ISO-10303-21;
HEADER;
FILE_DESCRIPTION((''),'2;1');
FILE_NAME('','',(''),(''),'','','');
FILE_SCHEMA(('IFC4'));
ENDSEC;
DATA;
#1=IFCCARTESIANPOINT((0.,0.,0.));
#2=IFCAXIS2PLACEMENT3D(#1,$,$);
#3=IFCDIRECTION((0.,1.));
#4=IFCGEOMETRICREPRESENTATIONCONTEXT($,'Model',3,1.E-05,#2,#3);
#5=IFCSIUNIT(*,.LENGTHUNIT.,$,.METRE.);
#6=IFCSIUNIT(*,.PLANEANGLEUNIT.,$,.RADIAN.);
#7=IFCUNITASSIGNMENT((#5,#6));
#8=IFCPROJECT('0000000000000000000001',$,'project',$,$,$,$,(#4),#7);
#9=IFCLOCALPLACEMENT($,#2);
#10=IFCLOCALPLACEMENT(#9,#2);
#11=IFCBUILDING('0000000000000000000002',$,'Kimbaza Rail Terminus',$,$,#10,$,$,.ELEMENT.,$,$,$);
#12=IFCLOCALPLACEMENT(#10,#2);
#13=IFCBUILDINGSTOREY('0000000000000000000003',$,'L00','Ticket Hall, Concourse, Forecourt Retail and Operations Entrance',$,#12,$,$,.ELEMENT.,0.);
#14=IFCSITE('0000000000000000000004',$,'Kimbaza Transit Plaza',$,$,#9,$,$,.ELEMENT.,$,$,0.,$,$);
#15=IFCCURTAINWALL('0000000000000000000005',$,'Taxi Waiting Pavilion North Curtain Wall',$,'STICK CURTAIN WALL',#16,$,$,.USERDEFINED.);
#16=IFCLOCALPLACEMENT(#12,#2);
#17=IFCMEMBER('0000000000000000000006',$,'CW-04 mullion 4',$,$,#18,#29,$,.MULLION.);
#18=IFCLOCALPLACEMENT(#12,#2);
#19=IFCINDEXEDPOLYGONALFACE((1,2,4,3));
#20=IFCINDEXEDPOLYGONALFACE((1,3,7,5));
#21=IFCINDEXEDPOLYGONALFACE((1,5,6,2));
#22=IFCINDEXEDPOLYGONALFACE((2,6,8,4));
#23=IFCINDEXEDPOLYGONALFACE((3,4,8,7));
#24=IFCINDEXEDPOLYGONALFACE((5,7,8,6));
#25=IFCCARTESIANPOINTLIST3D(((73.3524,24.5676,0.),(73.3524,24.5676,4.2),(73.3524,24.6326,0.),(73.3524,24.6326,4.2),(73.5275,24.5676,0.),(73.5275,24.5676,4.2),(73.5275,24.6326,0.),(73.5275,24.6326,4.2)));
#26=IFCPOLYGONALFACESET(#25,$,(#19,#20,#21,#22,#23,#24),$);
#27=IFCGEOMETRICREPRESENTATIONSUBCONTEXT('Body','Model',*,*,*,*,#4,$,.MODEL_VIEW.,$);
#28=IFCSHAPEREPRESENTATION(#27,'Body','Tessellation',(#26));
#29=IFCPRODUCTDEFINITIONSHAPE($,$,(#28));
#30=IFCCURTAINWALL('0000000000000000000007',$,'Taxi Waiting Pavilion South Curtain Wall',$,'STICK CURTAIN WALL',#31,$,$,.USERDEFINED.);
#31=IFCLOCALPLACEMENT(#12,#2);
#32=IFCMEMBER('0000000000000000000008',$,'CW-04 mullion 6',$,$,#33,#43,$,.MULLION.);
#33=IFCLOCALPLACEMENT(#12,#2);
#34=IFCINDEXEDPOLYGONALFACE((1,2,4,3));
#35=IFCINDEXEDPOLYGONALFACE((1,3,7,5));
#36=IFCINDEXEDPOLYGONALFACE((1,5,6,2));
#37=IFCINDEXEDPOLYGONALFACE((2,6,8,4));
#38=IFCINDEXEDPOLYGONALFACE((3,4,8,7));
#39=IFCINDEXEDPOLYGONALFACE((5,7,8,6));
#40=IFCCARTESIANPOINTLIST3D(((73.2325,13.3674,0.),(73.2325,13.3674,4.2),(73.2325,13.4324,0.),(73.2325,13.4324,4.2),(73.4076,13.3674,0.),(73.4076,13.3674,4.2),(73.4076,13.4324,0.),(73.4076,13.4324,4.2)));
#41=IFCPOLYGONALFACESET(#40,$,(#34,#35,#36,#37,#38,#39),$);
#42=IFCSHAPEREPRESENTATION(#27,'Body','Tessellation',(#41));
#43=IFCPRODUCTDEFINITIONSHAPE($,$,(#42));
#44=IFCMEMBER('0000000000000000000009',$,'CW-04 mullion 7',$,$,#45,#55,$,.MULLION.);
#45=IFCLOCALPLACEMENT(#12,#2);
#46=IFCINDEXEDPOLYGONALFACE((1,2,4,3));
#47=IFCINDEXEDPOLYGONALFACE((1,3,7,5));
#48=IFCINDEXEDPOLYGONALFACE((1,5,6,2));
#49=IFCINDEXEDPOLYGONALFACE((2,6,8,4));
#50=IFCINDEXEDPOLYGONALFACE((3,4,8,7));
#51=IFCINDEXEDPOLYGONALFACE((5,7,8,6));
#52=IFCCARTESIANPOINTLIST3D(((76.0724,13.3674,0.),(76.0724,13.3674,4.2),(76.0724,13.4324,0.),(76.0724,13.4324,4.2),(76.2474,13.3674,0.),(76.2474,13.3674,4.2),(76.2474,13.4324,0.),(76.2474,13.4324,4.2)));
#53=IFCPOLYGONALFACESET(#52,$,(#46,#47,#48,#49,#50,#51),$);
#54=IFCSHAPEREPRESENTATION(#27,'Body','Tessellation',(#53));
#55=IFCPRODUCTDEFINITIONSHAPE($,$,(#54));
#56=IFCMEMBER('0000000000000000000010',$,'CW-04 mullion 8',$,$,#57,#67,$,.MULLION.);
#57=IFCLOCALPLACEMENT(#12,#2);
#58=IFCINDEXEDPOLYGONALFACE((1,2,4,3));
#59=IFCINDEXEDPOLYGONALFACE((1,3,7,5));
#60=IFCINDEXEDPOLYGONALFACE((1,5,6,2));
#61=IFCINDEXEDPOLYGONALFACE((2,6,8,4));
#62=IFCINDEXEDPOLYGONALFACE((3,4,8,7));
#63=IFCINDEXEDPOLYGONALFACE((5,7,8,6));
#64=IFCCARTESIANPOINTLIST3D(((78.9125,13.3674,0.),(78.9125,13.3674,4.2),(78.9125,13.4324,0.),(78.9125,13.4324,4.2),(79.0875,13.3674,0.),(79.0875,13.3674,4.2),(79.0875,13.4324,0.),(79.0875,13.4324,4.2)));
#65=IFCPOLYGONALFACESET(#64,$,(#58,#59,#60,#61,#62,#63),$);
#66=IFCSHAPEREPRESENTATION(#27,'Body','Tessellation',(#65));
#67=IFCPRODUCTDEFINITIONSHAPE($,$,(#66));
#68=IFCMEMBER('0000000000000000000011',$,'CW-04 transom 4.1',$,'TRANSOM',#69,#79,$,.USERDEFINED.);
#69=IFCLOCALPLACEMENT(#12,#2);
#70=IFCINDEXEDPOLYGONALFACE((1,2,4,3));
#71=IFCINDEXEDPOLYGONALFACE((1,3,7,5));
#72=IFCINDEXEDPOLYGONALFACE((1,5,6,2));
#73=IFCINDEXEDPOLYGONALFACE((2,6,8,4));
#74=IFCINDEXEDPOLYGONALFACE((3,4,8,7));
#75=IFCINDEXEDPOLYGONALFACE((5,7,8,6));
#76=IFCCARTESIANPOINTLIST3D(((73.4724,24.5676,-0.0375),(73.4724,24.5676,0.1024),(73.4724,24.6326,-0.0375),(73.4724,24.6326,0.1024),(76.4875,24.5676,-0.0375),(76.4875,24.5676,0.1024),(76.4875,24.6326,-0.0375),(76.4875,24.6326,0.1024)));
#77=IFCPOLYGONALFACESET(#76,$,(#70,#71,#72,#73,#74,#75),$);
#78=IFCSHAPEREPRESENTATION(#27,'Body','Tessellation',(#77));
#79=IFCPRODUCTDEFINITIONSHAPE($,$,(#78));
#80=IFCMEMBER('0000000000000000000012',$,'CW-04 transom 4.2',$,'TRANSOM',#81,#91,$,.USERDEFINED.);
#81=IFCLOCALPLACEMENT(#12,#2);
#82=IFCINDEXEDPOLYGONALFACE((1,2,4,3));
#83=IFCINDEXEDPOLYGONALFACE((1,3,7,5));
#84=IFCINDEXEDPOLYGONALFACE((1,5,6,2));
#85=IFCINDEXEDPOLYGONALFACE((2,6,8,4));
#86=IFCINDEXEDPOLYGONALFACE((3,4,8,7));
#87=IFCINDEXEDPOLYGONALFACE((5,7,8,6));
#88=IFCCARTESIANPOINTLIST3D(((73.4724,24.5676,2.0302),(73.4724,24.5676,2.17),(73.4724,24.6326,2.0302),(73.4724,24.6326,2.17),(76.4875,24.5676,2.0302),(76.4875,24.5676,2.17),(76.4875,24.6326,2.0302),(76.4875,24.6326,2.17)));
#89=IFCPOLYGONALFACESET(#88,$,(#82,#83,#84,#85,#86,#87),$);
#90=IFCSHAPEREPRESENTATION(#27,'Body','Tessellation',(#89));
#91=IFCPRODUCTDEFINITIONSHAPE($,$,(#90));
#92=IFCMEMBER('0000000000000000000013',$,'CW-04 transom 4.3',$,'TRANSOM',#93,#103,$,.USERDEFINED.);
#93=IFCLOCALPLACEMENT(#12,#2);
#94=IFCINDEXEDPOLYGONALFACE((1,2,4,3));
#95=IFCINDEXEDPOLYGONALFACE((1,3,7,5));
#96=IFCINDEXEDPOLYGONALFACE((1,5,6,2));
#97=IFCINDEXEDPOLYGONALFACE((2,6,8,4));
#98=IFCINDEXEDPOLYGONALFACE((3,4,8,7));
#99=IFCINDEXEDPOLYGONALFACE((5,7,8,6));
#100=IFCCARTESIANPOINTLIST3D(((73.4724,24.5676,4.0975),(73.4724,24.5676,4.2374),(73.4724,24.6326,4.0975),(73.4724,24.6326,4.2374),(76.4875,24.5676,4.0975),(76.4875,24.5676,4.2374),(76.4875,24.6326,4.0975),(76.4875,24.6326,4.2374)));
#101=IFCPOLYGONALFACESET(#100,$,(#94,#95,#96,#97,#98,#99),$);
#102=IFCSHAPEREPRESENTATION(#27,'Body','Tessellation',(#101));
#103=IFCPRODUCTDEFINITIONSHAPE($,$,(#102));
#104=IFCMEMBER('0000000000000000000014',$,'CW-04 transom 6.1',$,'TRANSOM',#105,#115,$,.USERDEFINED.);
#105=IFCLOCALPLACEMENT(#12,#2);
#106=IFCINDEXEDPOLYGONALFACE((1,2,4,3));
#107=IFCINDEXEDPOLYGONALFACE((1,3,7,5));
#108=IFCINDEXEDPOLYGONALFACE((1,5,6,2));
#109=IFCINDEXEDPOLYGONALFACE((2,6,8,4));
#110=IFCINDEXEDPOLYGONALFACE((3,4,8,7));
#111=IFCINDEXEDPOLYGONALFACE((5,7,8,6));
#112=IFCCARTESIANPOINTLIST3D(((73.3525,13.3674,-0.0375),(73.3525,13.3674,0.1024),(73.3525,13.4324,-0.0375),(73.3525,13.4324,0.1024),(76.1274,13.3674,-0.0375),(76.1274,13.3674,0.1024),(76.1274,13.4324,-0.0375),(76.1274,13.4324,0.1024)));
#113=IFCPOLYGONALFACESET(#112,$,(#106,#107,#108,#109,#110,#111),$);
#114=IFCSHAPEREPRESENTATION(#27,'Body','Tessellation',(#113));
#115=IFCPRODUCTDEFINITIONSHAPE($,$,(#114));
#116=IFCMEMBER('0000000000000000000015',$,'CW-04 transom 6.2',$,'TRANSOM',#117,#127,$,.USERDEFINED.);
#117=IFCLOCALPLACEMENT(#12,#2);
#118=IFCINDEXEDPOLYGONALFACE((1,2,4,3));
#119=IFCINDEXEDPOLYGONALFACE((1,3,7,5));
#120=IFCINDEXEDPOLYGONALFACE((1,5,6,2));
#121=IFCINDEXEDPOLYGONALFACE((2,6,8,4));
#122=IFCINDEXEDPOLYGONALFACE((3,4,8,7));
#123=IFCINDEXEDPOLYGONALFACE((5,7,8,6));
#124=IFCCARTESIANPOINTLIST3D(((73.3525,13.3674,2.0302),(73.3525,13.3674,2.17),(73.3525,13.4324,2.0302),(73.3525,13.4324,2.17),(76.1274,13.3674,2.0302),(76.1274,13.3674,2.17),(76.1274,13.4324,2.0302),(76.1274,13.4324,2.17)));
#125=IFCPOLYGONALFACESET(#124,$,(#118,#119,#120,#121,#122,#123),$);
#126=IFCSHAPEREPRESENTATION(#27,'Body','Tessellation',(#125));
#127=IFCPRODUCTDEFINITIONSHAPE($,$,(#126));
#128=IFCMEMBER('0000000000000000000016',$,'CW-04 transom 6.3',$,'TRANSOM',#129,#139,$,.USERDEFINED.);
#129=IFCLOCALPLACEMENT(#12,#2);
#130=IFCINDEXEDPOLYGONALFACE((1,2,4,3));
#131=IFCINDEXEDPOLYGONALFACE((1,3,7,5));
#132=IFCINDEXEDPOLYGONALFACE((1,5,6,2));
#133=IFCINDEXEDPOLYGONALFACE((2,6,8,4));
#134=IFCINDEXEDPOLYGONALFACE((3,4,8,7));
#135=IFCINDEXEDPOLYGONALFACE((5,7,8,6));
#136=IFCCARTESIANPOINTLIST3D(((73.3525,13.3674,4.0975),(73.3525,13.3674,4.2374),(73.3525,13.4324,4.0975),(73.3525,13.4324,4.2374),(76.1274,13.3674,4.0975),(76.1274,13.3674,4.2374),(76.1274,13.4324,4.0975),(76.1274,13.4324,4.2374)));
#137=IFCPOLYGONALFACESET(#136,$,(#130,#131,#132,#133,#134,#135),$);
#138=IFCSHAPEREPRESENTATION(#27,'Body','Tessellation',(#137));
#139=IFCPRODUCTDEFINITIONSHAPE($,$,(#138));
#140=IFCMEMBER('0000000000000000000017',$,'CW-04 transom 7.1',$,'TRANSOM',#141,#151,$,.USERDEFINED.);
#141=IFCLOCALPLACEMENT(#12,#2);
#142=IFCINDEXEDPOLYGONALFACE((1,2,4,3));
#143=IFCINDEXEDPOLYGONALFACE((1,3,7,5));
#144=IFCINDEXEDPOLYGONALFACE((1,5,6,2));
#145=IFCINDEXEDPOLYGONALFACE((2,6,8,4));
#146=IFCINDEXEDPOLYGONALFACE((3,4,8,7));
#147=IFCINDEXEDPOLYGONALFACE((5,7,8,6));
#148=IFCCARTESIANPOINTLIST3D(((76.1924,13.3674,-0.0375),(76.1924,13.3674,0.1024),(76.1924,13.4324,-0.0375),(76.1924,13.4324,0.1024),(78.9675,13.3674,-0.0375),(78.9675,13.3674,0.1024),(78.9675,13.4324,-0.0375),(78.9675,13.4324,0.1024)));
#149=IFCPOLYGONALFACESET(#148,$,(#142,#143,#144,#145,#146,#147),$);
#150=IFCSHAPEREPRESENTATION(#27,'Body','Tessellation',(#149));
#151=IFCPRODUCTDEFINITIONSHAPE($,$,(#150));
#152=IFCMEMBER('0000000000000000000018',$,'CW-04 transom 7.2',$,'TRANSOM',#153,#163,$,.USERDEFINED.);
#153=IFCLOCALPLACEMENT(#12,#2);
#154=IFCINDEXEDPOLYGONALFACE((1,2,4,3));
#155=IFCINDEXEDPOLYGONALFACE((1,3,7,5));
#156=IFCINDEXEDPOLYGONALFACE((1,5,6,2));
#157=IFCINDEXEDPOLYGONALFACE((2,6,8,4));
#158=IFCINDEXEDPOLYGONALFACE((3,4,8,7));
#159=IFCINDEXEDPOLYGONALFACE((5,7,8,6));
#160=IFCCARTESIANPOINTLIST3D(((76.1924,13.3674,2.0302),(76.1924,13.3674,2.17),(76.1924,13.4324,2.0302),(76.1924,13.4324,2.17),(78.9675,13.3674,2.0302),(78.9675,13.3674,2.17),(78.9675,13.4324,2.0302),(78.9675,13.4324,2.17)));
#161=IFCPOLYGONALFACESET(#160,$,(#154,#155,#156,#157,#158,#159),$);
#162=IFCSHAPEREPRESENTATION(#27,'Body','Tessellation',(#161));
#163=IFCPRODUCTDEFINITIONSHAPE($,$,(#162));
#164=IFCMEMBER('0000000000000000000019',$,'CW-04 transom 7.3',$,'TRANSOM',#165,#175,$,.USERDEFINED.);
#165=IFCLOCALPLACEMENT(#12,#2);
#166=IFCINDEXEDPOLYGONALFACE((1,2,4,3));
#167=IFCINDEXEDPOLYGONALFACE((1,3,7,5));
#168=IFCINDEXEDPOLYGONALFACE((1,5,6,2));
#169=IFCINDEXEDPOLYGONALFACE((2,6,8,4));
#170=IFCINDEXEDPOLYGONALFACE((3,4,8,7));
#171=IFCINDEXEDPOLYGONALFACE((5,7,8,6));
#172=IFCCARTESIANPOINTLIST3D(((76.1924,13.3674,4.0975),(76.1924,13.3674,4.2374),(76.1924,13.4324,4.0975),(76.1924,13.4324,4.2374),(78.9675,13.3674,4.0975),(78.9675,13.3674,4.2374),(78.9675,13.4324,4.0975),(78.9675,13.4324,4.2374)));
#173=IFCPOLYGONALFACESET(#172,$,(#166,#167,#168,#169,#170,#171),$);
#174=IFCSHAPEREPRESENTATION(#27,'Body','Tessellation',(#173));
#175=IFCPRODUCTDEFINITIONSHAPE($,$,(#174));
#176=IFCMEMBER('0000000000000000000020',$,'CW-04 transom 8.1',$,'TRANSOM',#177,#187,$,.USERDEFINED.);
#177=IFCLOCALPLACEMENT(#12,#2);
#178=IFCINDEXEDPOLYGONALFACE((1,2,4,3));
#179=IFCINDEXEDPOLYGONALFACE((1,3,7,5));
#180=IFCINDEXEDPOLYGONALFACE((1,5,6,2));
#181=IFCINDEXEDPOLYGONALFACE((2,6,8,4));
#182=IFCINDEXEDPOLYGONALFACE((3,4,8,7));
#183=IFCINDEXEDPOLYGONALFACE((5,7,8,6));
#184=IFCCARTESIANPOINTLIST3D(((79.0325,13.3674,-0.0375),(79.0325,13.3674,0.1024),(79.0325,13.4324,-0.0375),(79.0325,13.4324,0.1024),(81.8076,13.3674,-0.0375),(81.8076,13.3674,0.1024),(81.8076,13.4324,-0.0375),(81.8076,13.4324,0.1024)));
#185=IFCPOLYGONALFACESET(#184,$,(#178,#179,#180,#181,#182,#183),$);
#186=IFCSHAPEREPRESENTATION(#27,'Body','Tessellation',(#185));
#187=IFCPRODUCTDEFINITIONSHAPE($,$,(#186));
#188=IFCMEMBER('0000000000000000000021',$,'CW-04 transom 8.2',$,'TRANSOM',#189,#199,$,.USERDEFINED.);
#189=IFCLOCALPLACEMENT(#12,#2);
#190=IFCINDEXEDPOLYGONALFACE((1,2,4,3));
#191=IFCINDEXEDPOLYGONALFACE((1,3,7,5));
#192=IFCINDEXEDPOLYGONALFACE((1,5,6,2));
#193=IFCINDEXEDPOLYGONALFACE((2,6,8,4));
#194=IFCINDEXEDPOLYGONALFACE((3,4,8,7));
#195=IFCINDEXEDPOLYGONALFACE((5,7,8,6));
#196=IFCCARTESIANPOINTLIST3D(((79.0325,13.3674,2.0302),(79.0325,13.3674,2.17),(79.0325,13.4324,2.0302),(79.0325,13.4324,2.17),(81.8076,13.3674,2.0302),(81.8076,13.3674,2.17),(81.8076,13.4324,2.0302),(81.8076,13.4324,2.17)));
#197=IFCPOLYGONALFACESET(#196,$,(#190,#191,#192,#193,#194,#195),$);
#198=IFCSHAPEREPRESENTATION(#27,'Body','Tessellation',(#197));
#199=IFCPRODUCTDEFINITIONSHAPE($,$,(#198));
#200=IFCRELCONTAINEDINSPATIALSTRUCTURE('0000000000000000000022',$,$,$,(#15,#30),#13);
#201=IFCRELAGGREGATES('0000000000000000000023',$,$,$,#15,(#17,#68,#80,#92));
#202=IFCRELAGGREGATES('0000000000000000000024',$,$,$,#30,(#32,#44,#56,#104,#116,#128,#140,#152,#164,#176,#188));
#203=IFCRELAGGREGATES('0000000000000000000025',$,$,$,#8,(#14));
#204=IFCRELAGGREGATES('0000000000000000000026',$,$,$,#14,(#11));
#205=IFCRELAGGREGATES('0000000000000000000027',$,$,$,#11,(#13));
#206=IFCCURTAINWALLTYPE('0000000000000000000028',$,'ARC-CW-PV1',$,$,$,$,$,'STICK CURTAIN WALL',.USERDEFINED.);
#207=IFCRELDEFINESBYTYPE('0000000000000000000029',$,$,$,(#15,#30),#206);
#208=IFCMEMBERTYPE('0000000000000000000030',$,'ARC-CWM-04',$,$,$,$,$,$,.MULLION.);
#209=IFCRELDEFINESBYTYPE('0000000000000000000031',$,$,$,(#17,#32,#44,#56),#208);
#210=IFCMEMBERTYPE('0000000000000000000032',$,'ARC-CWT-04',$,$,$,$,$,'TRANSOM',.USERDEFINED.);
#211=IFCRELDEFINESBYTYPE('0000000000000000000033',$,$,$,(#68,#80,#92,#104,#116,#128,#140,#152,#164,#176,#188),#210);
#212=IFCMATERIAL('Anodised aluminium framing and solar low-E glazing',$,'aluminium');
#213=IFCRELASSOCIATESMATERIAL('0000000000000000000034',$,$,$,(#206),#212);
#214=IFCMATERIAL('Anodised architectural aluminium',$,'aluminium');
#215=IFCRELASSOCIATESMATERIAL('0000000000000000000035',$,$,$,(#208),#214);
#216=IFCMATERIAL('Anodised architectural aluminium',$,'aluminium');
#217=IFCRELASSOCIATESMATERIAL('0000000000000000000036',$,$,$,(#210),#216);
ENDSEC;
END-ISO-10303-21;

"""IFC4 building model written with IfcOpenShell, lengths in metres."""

from ifc_helpers import new_model, si_unit, direction, frame, origin, origin_2d, place, context, subcontext, project, spatial, rectangle, extrude, material, material_profile, profile_set, type_object, element, aggregate, save


model = new_model("IFC4")

# Units and contexts
model_context = context("Model", 3, precision=1e-05, world=origin(), true_north=direction((0.0, 1.0)))
body_context = subcontext(model_context, "Body", "Model", "MODEL_VIEW")
ifc_project = project(units=[si_unit("LENGTHUNIT", "METRE"), si_unit("PLANEANGLEUNIT", "RADIAN")], contexts=[model_context])

# Site, building, storey
site_placement = place(None, origin())
site = spatial("IfcSite", under=ifc_project, at=site_placement, Name="Kimbaza Transit Plaza", CompositionType="ELEMENT", RefElevation=0.0)
building_placement = place(site_placement, origin())
building = spatial("IfcBuilding", under=site, at=building_placement, Name="Kimbaza Rail Terminus", CompositionType="ELEMENT")
storey_placement = place(building_placement, origin())
storey = spatial("IfcBuildingStorey", under=building, at=storey_placement, Name="L00", Description="Ticket Hall, Concourse, Forecourt Retail and Operations Entrance", CompositionType="ELEMENT", Elevation=0.0)

# Curtain wall, member
ifc_material_1 = material(Name="Anodised aluminium framing and solar low-E glazing", Category="aluminium")
curtain_wall_type = type_object("IfcCurtainWallType", Name="ARC-CW-PV1", ElementType="STICK CURTAIN WALL", PredefinedType="USERDEFINED", material=ifc_material_1)
curtain_wall_1_placement = place(storey_placement, origin())
curtain_wall_1 = element("IfcCurtainWall", 1, at=curtain_wall_1_placement, inside=storey, type_object=curtain_wall_type, Name="Taxi Waiting Pavilion North Curtain Wall", ObjectType="STICK CURTAIN WALL", PredefinedType="USERDEFINED")
ifc_material_2 = material(Name="Anodised architectural aluminium", Category="aluminium")
ifc_material_profile_1 = material_profile(ifc_material_2, rectangle(XDim=0.0649, YDim=0.175, at=origin_2d()), Name="MULLION 65x175")
ifc_profile_set_1 = profile_set([ifc_material_profile_1], Name="Anodised architectural aluminium")
member_type_1 = type_object("IfcMemberType", Name="ARC-CWM-04", PredefinedType="MULLION", material=ifc_profile_set_1)
member_1_placement = place(storey_placement, frame((73.4399, 24.6001, 0.0), z_axis=(0.0, 0.0, 1.0), x_axis=(0.0, 1.0, 0.0)))
member_1 = element("IfcMember", 2, at=member_1_placement, type_object=member_type_1, Name="CW-04 mullion 4", PredefinedType="MULLION", context=body_context, shape_type="SweptSolid", body=[
    extrude(rectangle(XDim=0.0649, YDim=0.175, at=origin_2d()), origin(), (0.0, 0.0, 1.0), 4.2),
])

# Curtain wall, members
curtain_wall_2_placement = place(storey_placement, origin())
curtain_wall_2 = element("IfcCurtainWall", 3, at=curtain_wall_2_placement, inside=storey, type_object=curtain_wall_type, Name="Taxi Waiting Pavilion South Curtain Wall", ObjectType="STICK CURTAIN WALL", PredefinedType="USERDEFINED")
member_2_placement = place(storey_placement, frame((73.3201, 13.3999, 0.0), z_axis=(0.0, 0.0, 1.0), x_axis=(0.0, 1.0, 0.0)))
member_2 = element("IfcMember", 4, at=member_2_placement, type_object=member_type_1, Name="CW-04 mullion 6", PredefinedType="MULLION", context=body_context, shape_type="SweptSolid", body=[
    extrude(rectangle(XDim=0.0649, YDim=0.175, at=origin_2d()), origin(), (0.0, 0.0, 1.0), 4.2),
])
member_3_placement = place(storey_placement, frame((76.1599, 13.3999, 0.0), z_axis=(0.0, 0.0, 1.0), x_axis=(0.0, 1.0, 0.0)))
member_3 = element("IfcMember", 5, at=member_3_placement, type_object=member_type_1, Name="CW-04 mullion 7", PredefinedType="MULLION", context=body_context, shape_type="SweptSolid", body=[
    extrude(rectangle(XDim=0.0649, YDim=0.175, at=origin_2d()), origin(), (0.0, 0.0, 1.0), 4.2),
])
member_4_placement = place(storey_placement, frame((79.0, 13.3999, 0.0), z_axis=(0.0, 0.0, 1.0), x_axis=(0.0, 1.0, 0.0)))
member_4 = element("IfcMember", 6, at=member_4_placement, type_object=member_type_1, Name="CW-04 mullion 8", PredefinedType="MULLION", context=body_context, shape_type="SweptSolid", body=[
    extrude(rectangle(XDim=0.0649, YDim=0.175, at=origin_2d()), origin(), (0.0, 0.0, 1.0), 4.2),
])

# Members
ifc_material_3 = material(Name="Anodised architectural aluminium", Category="aluminium")
ifc_material_profile_2 = material_profile(ifc_material_3, rectangle(XDim=0.0649, YDim=0.1399, at=origin_2d()), Name="TRANSOM 65x140")
ifc_profile_set_2 = profile_set([ifc_material_profile_2], Name="Anodised architectural aluminium")
member_type_2 = type_object("IfcMemberType", Name="ARC-CWT-04", ElementType="TRANSOM", PredefinedType="USERDEFINED", material=ifc_profile_set_2)
member_5_placement = place(storey_placement, frame((73.4724, 24.6001, 0.0325), z_axis=(1.0, 0.0, 0.0), x_axis=(0.0, 1.0, 0.0)))
member_5 = element("IfcMember", 7, at=member_5_placement, type_object=member_type_2, Name="CW-04 transom 4.1", ObjectType="TRANSOM", PredefinedType="USERDEFINED", context=body_context, shape_type="SweptSolid", body=[
    extrude(rectangle(XDim=0.0649, YDim=0.1399, at=origin_2d()), origin(), (0.0, 0.0, 1.0), 3.0151),
])
member_6_placement = place(storey_placement, frame((73.4724, 24.6001, 2.1001), z_axis=(1.0, 0.0, 0.0), x_axis=(0.0, 1.0, 0.0)))
member_6 = element("IfcMember", 8, at=member_6_placement, type_object=member_type_2, Name="CW-04 transom 4.2", ObjectType="TRANSOM", PredefinedType="USERDEFINED", context=body_context, shape_type="SweptSolid", body=[
    extrude(rectangle(XDim=0.0649, YDim=0.1399, at=origin_2d()), origin(), (0.0, 0.0, 1.0), 3.0151),
])
member_7_placement = place(storey_placement, frame((73.4724, 24.6001, 4.1675), z_axis=(1.0, 0.0, 0.0), x_axis=(0.0, 1.0, 0.0)))
member_7 = element("IfcMember", 9, at=member_7_placement, type_object=member_type_2, Name="CW-04 transom 4.3", ObjectType="TRANSOM", PredefinedType="USERDEFINED", context=body_context, shape_type="SweptSolid", body=[
    extrude(rectangle(XDim=0.0649, YDim=0.1399, at=origin_2d()), origin(), (0.0, 0.0, 1.0), 3.0151),
])
member_8_placement = place(storey_placement, frame((73.3525, 13.3999, 0.0325), z_axis=(1.0, 0.0, 0.0), x_axis=(0.0, 1.0, 0.0)))
member_8 = element("IfcMember", 10, at=member_8_placement, type_object=member_type_2, Name="CW-04 transom 6.1", ObjectType="TRANSOM", PredefinedType="USERDEFINED", context=body_context, shape_type="SweptSolid", body=[
    extrude(rectangle(XDim=0.0649, YDim=0.1399, at=origin_2d()), origin(), (0.0, 0.0, 1.0), 2.7749),
])
member_9_placement = place(storey_placement, frame((73.3525, 13.3999, 2.1001), z_axis=(1.0, 0.0, 0.0), x_axis=(0.0, 1.0, 0.0)))
member_9 = element("IfcMember", 11, at=member_9_placement, type_object=member_type_2, Name="CW-04 transom 6.2", ObjectType="TRANSOM", PredefinedType="USERDEFINED", context=body_context, shape_type="SweptSolid", body=[
    extrude(rectangle(XDim=0.0649, YDim=0.1399, at=origin_2d()), origin(), (0.0, 0.0, 1.0), 2.7749),
])
member_10_placement = place(storey_placement, frame((73.3525, 13.3999, 4.1675), z_axis=(1.0, 0.0, 0.0), x_axis=(0.0, 1.0, 0.0)))
member_10 = element("IfcMember", 12, at=member_10_placement, type_object=member_type_2, Name="CW-04 transom 6.3", ObjectType="TRANSOM", PredefinedType="USERDEFINED", context=body_context, shape_type="SweptSolid", body=[
    extrude(rectangle(XDim=0.0649, YDim=0.1399, at=origin_2d()), origin(), (0.0, 0.0, 1.0), 2.7749),
])
member_11_placement = place(storey_placement, frame((76.1924, 13.3999, 0.0325), z_axis=(1.0, 0.0, 0.0), x_axis=(0.0, 1.0, 0.0)))
member_11 = element("IfcMember", 13, at=member_11_placement, type_object=member_type_2, Name="CW-04 transom 7.1", ObjectType="TRANSOM", PredefinedType="USERDEFINED", context=body_context, shape_type="SweptSolid", body=[
    extrude(rectangle(XDim=0.0649, YDim=0.1399, at=origin_2d()), origin(), (0.0, 0.0, 1.0), 2.7751),
])
member_12_placement = place(storey_placement, frame((76.1924, 13.3999, 2.1001), z_axis=(1.0, 0.0, 0.0), x_axis=(0.0, 1.0, 0.0)))
member_12 = element("IfcMember", 14, at=member_12_placement, type_object=member_type_2, Name="CW-04 transom 7.2", ObjectType="TRANSOM", PredefinedType="USERDEFINED", context=body_context, shape_type="SweptSolid", body=[
    extrude(rectangle(XDim=0.0649, YDim=0.1399, at=origin_2d()), origin(), (0.0, 0.0, 1.0), 2.7751),
])
member_13_placement = place(storey_placement, frame((76.1924, 13.3999, 4.1675), z_axis=(1.0, 0.0, 0.0), x_axis=(0.0, 1.0, 0.0)))
member_13 = element("IfcMember", 15, at=member_13_placement, type_object=member_type_2, Name="CW-04 transom 7.3", ObjectType="TRANSOM", PredefinedType="USERDEFINED", context=body_context, shape_type="SweptSolid", body=[
    extrude(rectangle(XDim=0.0649, YDim=0.1399, at=origin_2d()), origin(), (0.0, 0.0, 1.0), 2.7751),
])
member_14_placement = place(storey_placement, frame((79.0325, 13.3999, 0.0325), z_axis=(1.0, 0.0, 0.0), x_axis=(0.0, 1.0, 0.0)))
member_14 = element("IfcMember", 16, at=member_14_placement, type_object=member_type_2, Name="CW-04 transom 8.1", ObjectType="TRANSOM", PredefinedType="USERDEFINED", context=body_context, shape_type="SweptSolid", body=[
    extrude(rectangle(XDim=0.0649, YDim=0.1399, at=origin_2d()), origin(), (0.0, 0.0, 1.0), 2.7751),
])
member_15_placement = place(storey_placement, frame((79.0325, 13.3999, 2.1001), z_axis=(1.0, 0.0, 0.0), x_axis=(0.0, 1.0, 0.0)))
member_15 = element("IfcMember", 17, at=member_15_placement, type_object=member_type_2, Name="CW-04 transom 8.2", ObjectType="TRANSOM", PredefinedType="USERDEFINED", context=body_context, shape_type="SweptSolid", body=[
    extrude(rectangle(XDim=0.0649, YDim=0.1399, at=origin_2d()), origin(), (0.0, 0.0, 1.0), 2.7751),
])

aggregate(curtain_wall_1, [member_1, member_5, member_6, member_7])
aggregate(curtain_wall_2, [member_2, member_3, member_4, member_8, member_9, member_10, member_11, member_12, member_13, member_14, member_15])

save(model, "model.ifc")
